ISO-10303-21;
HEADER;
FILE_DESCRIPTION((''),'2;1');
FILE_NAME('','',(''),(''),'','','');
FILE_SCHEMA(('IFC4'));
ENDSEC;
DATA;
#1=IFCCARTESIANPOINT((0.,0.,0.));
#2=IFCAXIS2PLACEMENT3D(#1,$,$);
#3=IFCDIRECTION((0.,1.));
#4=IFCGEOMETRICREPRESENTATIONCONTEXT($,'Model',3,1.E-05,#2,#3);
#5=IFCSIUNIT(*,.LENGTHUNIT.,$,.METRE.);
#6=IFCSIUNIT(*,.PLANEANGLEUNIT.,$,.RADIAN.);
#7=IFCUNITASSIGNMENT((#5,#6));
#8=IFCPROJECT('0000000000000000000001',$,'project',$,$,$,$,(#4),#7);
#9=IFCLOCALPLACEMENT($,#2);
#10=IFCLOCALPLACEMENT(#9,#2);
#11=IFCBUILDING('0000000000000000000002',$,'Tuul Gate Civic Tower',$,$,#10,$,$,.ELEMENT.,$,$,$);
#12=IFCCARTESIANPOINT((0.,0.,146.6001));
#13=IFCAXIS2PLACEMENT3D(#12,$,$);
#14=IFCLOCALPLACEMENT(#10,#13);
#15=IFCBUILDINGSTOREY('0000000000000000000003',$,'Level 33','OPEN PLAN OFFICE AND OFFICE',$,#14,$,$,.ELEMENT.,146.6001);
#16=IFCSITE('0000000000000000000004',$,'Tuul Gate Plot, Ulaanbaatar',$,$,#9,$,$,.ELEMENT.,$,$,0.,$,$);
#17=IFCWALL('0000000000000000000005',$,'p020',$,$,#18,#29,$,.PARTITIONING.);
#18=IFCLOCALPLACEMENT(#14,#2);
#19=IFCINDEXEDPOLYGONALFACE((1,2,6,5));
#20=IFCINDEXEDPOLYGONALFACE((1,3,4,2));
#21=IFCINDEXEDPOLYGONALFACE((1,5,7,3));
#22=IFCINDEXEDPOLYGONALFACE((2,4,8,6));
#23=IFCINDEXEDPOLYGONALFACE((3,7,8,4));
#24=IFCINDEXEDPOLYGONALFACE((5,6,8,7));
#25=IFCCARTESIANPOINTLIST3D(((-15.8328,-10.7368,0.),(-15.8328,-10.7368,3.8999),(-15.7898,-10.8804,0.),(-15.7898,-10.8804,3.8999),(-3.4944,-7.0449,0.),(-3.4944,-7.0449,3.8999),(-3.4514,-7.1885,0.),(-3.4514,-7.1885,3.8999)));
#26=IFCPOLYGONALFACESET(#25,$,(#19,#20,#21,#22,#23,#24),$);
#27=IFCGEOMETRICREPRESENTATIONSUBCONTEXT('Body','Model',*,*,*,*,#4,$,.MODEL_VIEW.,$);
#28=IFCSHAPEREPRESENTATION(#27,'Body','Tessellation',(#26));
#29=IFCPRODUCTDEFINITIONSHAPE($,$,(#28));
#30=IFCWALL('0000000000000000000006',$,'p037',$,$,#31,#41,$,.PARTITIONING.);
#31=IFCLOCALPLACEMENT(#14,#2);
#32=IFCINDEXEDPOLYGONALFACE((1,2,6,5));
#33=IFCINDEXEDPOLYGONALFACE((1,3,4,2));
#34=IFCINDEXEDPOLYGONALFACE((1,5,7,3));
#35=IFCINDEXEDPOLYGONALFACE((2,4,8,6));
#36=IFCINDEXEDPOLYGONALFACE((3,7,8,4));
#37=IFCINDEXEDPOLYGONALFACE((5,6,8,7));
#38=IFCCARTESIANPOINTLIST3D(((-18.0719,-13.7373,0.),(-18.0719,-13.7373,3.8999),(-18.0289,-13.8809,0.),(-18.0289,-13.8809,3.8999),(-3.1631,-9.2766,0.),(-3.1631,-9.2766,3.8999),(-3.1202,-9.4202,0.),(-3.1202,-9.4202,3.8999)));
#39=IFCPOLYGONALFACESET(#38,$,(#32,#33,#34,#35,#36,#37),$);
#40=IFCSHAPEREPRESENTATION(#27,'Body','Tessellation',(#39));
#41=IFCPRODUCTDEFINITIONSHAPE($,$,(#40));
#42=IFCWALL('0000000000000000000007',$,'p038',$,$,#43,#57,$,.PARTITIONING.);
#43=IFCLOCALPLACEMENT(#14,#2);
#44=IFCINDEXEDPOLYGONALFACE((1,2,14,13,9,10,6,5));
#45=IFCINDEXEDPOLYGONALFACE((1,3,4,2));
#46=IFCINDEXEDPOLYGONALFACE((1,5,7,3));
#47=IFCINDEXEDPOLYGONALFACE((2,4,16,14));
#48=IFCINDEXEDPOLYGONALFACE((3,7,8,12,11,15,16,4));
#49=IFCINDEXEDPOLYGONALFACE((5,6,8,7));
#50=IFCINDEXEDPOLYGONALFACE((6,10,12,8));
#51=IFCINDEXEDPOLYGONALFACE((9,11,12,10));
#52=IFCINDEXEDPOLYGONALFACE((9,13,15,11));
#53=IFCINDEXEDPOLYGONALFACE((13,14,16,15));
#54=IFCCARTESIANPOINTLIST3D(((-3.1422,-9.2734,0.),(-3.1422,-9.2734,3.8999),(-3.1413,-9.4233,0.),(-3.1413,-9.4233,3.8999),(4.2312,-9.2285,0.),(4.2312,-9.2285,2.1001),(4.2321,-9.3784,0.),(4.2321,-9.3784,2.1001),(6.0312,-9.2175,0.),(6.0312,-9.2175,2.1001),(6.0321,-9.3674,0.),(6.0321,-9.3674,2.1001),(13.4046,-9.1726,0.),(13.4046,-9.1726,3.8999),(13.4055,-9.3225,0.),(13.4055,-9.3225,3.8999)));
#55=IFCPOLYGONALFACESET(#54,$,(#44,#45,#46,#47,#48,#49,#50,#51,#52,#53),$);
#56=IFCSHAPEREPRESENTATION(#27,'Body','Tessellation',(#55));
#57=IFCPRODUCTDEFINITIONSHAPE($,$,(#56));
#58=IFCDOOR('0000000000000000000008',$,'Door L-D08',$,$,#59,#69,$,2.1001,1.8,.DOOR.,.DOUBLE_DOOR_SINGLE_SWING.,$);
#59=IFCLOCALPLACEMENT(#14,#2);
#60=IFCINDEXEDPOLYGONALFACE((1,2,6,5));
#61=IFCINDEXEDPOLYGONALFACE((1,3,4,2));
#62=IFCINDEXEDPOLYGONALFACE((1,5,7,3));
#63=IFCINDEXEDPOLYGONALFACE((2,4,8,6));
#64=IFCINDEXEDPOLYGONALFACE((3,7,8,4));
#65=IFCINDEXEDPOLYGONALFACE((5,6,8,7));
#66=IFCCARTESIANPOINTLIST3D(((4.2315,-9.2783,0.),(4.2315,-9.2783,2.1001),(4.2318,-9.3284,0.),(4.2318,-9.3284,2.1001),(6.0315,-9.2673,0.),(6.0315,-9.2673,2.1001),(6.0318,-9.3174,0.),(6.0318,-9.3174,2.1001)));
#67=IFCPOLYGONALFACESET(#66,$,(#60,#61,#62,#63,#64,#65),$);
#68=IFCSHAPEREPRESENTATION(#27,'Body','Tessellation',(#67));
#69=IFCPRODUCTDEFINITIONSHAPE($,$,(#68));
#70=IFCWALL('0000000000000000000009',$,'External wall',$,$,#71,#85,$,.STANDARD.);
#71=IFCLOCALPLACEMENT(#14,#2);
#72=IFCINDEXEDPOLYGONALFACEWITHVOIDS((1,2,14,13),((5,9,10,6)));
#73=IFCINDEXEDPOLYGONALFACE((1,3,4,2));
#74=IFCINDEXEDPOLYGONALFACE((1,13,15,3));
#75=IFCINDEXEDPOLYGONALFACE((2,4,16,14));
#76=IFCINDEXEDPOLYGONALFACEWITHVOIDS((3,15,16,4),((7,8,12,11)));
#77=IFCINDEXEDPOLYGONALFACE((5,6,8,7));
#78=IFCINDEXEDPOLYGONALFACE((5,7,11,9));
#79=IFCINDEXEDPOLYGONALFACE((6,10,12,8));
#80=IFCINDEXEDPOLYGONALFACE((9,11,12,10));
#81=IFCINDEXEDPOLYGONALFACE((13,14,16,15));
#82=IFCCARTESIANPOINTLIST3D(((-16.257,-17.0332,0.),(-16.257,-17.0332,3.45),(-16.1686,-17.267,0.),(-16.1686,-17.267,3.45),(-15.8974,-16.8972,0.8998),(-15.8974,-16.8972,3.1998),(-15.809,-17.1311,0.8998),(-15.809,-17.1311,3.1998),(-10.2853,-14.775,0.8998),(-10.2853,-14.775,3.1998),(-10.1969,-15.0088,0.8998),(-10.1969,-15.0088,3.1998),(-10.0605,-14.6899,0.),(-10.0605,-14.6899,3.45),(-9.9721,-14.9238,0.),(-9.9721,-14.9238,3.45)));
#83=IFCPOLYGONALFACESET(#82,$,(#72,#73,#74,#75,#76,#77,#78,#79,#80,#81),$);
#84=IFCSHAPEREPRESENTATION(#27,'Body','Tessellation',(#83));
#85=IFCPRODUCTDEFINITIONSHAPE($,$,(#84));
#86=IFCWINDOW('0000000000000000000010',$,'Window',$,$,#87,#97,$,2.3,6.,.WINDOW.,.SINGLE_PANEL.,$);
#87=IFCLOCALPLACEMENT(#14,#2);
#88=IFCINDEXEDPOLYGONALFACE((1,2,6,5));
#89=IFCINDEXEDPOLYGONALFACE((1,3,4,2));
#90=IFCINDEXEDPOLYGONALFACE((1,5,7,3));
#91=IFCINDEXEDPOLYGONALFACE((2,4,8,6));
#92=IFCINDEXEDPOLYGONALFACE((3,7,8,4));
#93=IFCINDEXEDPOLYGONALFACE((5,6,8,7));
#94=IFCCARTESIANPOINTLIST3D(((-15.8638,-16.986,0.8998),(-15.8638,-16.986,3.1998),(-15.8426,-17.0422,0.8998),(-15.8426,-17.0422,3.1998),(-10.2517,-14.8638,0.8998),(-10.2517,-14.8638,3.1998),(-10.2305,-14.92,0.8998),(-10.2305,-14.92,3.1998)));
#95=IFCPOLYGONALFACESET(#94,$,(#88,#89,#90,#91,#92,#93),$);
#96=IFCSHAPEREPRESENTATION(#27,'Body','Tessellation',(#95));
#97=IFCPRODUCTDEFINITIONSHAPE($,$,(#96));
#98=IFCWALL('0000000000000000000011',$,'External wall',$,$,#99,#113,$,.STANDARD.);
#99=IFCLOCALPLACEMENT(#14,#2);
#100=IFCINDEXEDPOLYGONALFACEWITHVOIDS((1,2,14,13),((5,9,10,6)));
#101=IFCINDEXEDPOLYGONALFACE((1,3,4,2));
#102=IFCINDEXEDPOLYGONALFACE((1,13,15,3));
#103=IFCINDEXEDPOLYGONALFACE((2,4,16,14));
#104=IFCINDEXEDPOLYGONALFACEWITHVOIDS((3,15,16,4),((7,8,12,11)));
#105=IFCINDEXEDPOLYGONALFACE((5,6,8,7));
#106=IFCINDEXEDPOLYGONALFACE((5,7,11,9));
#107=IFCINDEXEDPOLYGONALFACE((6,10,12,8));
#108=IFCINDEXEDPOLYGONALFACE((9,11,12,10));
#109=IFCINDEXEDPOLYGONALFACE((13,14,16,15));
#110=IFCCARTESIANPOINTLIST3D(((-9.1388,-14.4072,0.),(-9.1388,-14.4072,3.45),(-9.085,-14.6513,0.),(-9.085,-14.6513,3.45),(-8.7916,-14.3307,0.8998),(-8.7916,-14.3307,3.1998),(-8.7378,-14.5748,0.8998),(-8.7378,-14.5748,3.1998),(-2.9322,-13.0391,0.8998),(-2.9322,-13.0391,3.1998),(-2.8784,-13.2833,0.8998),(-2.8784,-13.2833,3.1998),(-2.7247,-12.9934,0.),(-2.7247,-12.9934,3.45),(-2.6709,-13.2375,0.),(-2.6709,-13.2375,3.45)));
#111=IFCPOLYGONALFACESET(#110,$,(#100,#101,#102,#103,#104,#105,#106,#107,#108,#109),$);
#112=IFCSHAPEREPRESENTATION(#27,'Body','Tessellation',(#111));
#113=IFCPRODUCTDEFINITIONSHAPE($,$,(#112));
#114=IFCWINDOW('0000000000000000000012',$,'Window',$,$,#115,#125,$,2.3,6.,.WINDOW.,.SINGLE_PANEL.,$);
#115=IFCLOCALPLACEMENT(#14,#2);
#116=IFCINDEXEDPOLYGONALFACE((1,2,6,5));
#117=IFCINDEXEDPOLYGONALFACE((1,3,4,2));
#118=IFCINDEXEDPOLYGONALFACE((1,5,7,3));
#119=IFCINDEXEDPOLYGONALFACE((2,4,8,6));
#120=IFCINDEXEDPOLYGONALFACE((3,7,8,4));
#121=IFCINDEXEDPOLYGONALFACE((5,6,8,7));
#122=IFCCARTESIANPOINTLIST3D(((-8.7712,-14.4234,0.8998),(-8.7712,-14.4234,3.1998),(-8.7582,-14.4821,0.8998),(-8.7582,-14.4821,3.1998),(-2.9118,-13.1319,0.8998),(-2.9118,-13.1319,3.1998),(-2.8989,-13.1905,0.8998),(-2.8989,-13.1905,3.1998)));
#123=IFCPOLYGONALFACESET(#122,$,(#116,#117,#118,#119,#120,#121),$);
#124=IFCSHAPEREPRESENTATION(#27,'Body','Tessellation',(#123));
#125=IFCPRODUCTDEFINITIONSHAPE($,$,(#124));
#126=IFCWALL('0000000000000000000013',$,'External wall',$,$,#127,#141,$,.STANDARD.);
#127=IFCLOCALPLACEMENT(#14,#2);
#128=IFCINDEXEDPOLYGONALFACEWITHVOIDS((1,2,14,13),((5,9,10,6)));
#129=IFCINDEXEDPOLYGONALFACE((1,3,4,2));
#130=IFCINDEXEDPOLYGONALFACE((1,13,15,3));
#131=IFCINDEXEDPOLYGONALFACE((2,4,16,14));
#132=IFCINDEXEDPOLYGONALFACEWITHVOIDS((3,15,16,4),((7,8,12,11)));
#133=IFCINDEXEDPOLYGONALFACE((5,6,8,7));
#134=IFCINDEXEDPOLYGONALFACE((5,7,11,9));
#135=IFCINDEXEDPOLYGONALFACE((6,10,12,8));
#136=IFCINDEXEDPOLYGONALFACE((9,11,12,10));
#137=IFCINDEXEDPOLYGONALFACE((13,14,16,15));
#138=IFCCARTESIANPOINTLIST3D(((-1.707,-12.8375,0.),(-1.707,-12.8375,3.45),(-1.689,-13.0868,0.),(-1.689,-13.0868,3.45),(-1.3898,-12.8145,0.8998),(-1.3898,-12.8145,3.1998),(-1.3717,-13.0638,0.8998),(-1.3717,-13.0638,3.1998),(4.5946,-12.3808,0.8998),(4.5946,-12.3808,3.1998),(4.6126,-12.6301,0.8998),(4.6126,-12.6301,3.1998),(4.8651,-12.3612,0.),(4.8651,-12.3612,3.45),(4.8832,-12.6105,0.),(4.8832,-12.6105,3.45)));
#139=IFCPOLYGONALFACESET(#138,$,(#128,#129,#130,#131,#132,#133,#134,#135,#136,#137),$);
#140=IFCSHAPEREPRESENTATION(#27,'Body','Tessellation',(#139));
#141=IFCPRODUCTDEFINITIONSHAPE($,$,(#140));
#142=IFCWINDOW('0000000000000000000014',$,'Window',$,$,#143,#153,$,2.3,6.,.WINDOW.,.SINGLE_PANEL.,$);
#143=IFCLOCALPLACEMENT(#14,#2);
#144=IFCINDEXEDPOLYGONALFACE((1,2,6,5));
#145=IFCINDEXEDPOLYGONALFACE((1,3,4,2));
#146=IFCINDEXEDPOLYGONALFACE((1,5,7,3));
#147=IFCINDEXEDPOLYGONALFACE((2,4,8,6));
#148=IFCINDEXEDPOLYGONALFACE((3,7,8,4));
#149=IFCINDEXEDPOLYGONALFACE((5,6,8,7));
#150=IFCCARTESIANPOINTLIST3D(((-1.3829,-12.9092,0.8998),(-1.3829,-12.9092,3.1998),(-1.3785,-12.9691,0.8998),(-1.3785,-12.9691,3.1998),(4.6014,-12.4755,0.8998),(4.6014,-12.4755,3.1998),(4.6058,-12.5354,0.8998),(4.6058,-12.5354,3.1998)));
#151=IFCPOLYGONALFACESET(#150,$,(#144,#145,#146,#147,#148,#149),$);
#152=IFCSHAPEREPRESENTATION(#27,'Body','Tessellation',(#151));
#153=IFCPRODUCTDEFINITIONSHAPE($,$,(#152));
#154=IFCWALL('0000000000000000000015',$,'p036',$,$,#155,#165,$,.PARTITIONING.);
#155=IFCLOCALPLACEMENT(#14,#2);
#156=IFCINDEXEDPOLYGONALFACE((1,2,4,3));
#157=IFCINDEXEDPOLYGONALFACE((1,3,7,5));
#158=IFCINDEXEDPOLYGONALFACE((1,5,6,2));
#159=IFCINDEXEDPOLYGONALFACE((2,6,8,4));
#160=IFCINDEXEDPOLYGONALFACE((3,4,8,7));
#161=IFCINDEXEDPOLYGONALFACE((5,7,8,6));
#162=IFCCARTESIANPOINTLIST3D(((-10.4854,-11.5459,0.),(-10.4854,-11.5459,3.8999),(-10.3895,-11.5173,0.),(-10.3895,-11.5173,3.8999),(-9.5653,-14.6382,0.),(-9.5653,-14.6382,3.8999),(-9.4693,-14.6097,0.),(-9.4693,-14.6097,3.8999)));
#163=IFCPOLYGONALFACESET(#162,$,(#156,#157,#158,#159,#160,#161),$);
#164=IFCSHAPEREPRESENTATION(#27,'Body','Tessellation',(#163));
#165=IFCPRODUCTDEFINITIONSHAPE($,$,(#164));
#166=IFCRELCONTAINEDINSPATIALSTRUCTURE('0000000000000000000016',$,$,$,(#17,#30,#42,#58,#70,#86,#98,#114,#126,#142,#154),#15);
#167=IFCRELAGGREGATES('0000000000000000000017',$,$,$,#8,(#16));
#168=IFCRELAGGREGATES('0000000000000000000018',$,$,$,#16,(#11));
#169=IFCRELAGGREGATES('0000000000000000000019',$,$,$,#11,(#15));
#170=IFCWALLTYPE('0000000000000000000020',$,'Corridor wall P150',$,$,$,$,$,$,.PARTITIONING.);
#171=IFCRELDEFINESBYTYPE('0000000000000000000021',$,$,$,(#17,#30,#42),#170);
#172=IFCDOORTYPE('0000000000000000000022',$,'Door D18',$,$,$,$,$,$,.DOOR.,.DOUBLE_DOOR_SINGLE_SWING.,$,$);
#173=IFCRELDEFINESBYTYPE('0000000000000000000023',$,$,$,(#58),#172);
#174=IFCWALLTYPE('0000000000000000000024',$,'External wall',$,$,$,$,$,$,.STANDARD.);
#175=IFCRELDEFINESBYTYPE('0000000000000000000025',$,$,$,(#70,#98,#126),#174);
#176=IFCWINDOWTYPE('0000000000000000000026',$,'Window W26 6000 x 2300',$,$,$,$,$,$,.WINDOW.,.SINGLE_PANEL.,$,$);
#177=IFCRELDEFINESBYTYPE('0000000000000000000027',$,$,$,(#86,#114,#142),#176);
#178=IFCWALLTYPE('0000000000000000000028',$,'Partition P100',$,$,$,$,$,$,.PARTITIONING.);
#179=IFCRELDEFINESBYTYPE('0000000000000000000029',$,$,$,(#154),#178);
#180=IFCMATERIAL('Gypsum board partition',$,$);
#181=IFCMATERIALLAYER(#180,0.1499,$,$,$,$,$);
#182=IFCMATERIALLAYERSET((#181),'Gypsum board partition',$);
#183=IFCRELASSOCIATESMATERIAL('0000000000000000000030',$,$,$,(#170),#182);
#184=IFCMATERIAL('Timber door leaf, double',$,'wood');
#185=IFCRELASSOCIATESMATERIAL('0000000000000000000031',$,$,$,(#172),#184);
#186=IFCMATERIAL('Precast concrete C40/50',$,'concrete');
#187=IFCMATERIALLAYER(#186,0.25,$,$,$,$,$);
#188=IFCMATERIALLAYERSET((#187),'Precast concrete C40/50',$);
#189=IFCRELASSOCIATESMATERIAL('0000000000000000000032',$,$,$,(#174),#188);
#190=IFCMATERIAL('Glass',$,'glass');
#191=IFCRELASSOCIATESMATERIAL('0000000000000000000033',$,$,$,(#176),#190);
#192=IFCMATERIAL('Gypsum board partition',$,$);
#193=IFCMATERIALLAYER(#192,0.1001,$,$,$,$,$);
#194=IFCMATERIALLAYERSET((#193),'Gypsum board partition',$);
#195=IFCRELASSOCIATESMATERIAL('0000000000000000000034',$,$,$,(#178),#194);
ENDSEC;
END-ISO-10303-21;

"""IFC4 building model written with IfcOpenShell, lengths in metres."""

from ifc_helpers import new_model, si_unit, direction, frame, frame_2d, origin, place, context, subcontext, project, spatial, rectangle, extrude, material, layer, layer_set, type_object, element, fill, save


model = new_model("IFC4")

# Units and contexts
model_context = context("Model", 3, precision=1e-05, world=origin(), true_north=direction((0.0, 1.0)))
body_context = subcontext(model_context, "Body", "Model", "MODEL_VIEW")
ifc_project = project(units=[si_unit("LENGTHUNIT", "METRE"), si_unit("PLANEANGLEUNIT", "RADIAN")], contexts=[model_context])

# Site, building, storey
site_placement = place(None, origin())
site = spatial("IfcSite", under=ifc_project, at=site_placement, Name="Tuul Gate Plot, Ulaanbaatar", CompositionType="ELEMENT", RefElevation=0.0)
building_placement = place(site_placement, origin())
building = spatial("IfcBuilding", under=site, at=building_placement, Name="Tuul Gate Civic Tower", CompositionType="ELEMENT")
storey_placement = place(building_placement, frame((0.0, 0.0, 146.6001)))
storey = spatial("IfcBuildingStorey", under=building, at=storey_placement, Name="Level 33", Description="OPEN PLAN OFFICE AND OFFICE", CompositionType="ELEMENT", Elevation=146.6001)

# Walls
ifc_material_1 = material(Name="Gypsum board partition")
ifc_layer_1 = layer(ifc_material_1, 0.1499)
ifc_layer_set_1 = layer_set([ifc_layer_1], Name="Gypsum board partition")
wall_type_1 = type_object("IfcWallType", Name="Corridor wall P150", PredefinedType="PARTITIONING", material=ifc_layer_set_1)
wall_1_placement = place(storey_placement, frame((-15.8113, -10.8086, 0.0), z_axis=(0.0, 0.0, 1.0), x_axis=(0.958032, 0.286663, 0.0)))
element("IfcWall", 1, at=wall_1_placement, inside=storey, type_object=wall_type_1, Name="p020", PredefinedType="PARTITIONING", context=body_context, shape_type="SweptSolid", body=[
    extrude(rectangle(XDim=12.8789, YDim=0.1499, at=frame_2d((6.4395, 0.0))), origin(), (0.0, 0.0, 1.0), 3.8999),
])
wall_2_placement = place(storey_placement, frame((-18.0503, -13.8091, 0.0), z_axis=(0.0, 0.0, 1.0), x_axis=(0.958037, 0.286645, 0.0)))
element("IfcWall", 2, at=wall_2_placement, inside=storey, type_object=wall_type_1, Name="p037", PredefinedType="PARTITIONING", context=body_context, shape_type="SweptSolid", body=[
    extrude(rectangle(XDim=15.5618, YDim=0.1499, at=frame_2d((7.7808, 0.0))), origin(), (0.0, 0.0, 1.0), 3.8999),
])

# Wall, opening, door
wall_3_placement = place(storey_placement, frame((-3.1416, -9.3484, 0.0), z_axis=(0.0, 0.0, 1.0), x_axis=(0.999981, 0.006093, 0.0)))
wall_3 = element("IfcWall", 3, at=wall_3_placement, inside=storey, type_object=wall_type_1, Name="p038", PredefinedType="PARTITIONING", context=body_context, shape_type="SweptSolid", body=[
    extrude(rectangle(XDim=16.5471, YDim=0.1499, at=frame_2d((8.2734, 0.0))), origin(), (0.0, 0.0, 1.0), 3.8999),
])
opening_1_placement = place(wall_3_placement, frame((7.3735, 0.0, 0.0)))
opening_1 = element("IfcOpeningElement", 4, at=opening_1_placement, cuts=wall_3, PredefinedType="OPENING", context=body_context, shape_type="SweptSolid", body=[
    extrude(rectangle(XDim=1.8, YDim=2.1001, at=frame_2d((0.8999, 1.05))), frame((0.0, 0.085, 0.0), z_axis=(0.0, -1.0, 0.0), x_axis=(1.0, 0.0, 0.0)), (0.0, 0.0, 1.0), 0.1699),
])
ifc_material_2 = material(Name="Timber door leaf, double", Category="wood")
door_type = type_object("IfcDoorType", Name="Door D18", OperationType="DOUBLE_DOOR_SINGLE_SWING", PredefinedType="DOOR", material=ifc_material_2)
door_placement = place(opening_1_placement, frame((1.8, 0.0, 0.0), z_axis=(0.0, 0.0, 1.0), x_axis=(-1.0, 0.0, 0.0)))
door = element("IfcDoor", 5, at=door_placement, inside=storey, type_object=door_type, Name="Door L-D08", OperationType="DOUBLE_DOOR_SINGLE_SWING", OverallHeight=2.1001, OverallWidth=1.8, PredefinedType="DOOR", context=body_context, shape_type="SweptSolid", body=[
    extrude(rectangle(XDim=1.8, YDim=2.1001, at=frame_2d((0.9001, 1.05))), frame((0.0, 0.0249, 0.0), z_axis=(0.0, -1.0, 0.0), x_axis=(1.0, 0.0, 0.0)), (0.0, 0.0, 1.0), 0.05),
])
fill(opening_1, door)

# Walls, openings, windows
ifc_material_3 = material(Name="Precast concrete C40/50", Category="concrete")
ifc_layer_2 = layer(ifc_material_3, 0.25)
ifc_layer_set_2 = layer_set([ifc_layer_2], Name="Precast concrete C40/50")
wall_type_2 = type_object("IfcWallType", Name="External wall", PredefinedType="STANDARD", material=ifc_layer_set_2)
wall_4_placement = place(storey_placement, frame((-16.2129, -17.1501, 0.0), z_axis=(0.0, 0.0, 1.0), x_axis=(0.935355, 0.353711, 0.0)))
wall_4 = element("IfcWall", 6, at=wall_4_placement, inside=storey, type_object=wall_type_2, Name="External wall", PredefinedType="STANDARD", context=body_context, shape_type="SweptSolid", body=[
    extrude(rectangle(XDim=6.6248, YDim=0.25, at=frame_2d((3.3125, 0.0))), origin(), (0.0, 0.0, 1.0), 3.45),
])
opening_2_placement = place(wall_4_placement, frame((0.3845, 0.0, 0.8999)))
opening_2 = element("IfcOpeningElement", 7, at=opening_2_placement, cuts=wall_4, PredefinedType="OPENING", context=body_context, shape_type="SweptSolid", body=[
    extrude(rectangle(XDim=6.0, YDim=2.3, at=frame_2d((3.0, 1.1499))), frame((0.0, 0.135, 0.0), z_axis=(0.0, -1.0, 0.0), x_axis=(1.0, 0.0, 0.0)), (0.0, 0.0, 1.0), 0.27),
])
ifc_material_4 = material(Name="Glass", Category="glass")
window_type = type_object("IfcWindowType", Name="Window W26 6000 x 2300", PartitioningType="SINGLE_PANEL", PredefinedType="WINDOW", material=ifc_material_4)
window_1_placement = place(opening_2_placement, origin())
window_1 = element("IfcWindow", 8, at=window_1_placement, inside=storey, type_object=window_type, Name="Window", OverallHeight=2.3, OverallWidth=6.0, PartitioningType="SINGLE_PANEL", PredefinedType="WINDOW", context=body_context, shape_type="SweptSolid", body=[
    extrude(rectangle(XDim=6.0, YDim=2.3, at=frame_2d((3.0, 1.1499))), frame((0.0, 0.03, 0.0), z_axis=(0.0, -1.0, 0.0), x_axis=(1.0, 0.0, 0.0)), (0.0, 0.0, 1.0), 0.0601),
])
fill(opening_2, window_1)
wall_5_placement = place(storey_placement, frame((-9.1121, -14.5293, 0.0), z_axis=(0.0, 0.0, 1.0), x_axis=(0.976557, 0.215257, 0.0)))
wall_5 = element("IfcWall", 9, at=wall_5_placement, inside=storey, type_object=wall_type_2, Name="External wall", PredefinedType="STANDARD", context=body_context, shape_type="SweptSolid", body=[
    extrude(rectangle(XDim=6.5681, YDim=0.25, at=frame_2d((3.2842, 0.0))), origin(), (0.0, 0.0, 1.0), 3.45),
])
opening_3_placement = place(wall_5_placement, frame((0.3557, 0.0, 0.8999)))
opening_3 = element("IfcOpeningElement", 10, at=opening_3_placement, cuts=wall_5, PredefinedType="OPENING", context=body_context, shape_type="SweptSolid", body=[
    extrude(rectangle(XDim=6.0, YDim=2.3, at=frame_2d((3.0, 1.1499))), frame((0.0, 0.135, 0.0), z_axis=(0.0, -1.0, 0.0), x_axis=(1.0, 0.0, 0.0)), (0.0, 0.0, 1.0), 0.27),
])
window_2_placement = place(opening_3_placement, origin())
window_2 = element("IfcWindow", 11, at=window_2_placement, inside=storey, type_object=window_type, Name="Window", OverallHeight=2.3, OverallWidth=6.0, PartitioningType="SINGLE_PANEL", PredefinedType="WINDOW", context=body_context, shape_type="SweptSolid", body=[
    extrude(rectangle(XDim=6.0, YDim=2.3, at=frame_2d((3.0, 1.1499))), frame((0.0, 0.03, 0.0), z_axis=(0.0, -1.0, 0.0), x_axis=(1.0, 0.0, 0.0)), (0.0, 0.0, 1.0), 0.0601),
])
fill(opening_3, window_2)
wall_6_placement = place(storey_placement, frame((-1.698, -12.9622, 0.0), z_axis=(0.0, 0.0, 1.0), x_axis=(0.997384, 0.072287, 0.0)))
wall_6 = element("IfcWall", 12, at=wall_6_placement, inside=storey, type_object=wall_type_2, Name="External wall", PredefinedType="STANDARD", context=body_context, shape_type="SweptSolid", body=[
    extrude(rectangle(XDim=6.5894, YDim=0.25, at=frame_2d((3.2947, 0.0))), origin(), (0.0, 0.0, 1.0), 3.45),
])
opening_4_placement = place(wall_6_placement, frame((0.3181, 0.0, 0.8999)))
opening_4 = element("IfcOpeningElement", 13, at=opening_4_placement, cuts=wall_6, PredefinedType="OPENING", context=body_context, shape_type="SweptSolid", body=[
    extrude(rectangle(XDim=6.0, YDim=2.3, at=frame_2d((3.0, 1.1499))), frame((0.0, 0.135, 0.0), z_axis=(0.0, -1.0, 0.0), x_axis=(1.0, 0.0, 0.0)), (0.0, 0.0, 1.0), 0.27),
])
window_3_placement = place(opening_4_placement, origin())
window_3 = element("IfcWindow", 14, at=window_3_placement, inside=storey, type_object=window_type, Name="Window", OverallHeight=2.3, OverallWidth=6.0, PartitioningType="SINGLE_PANEL", PredefinedType="WINDOW", context=body_context, shape_type="SweptSolid", body=[
    extrude(rectangle(XDim=6.0, YDim=2.3, at=frame_2d((3.0, 1.1499))), frame((0.0, 0.03, 0.0), z_axis=(0.0, -1.0, 0.0), x_axis=(1.0, 0.0, 0.0)), (0.0, 0.0, 1.0), 0.0601),
])
fill(opening_4, window_3)

# Wall
ifc_material_5 = material(Name="Gypsum board partition")
ifc_layer_3 = layer(ifc_material_5, 0.1001)
ifc_layer_set_3 = layer_set([ifc_layer_3], Name="Gypsum board partition")
wall_type_3 = type_object("IfcWallType", Name="Partition P100", PredefinedType="PARTITIONING", material=ifc_layer_set_3)
wall_7_placement = place(storey_placement, frame((-10.4375, -11.5315, 0.0), z_axis=(0.0, 0.0, 1.0), x_axis=(0.285209, -0.958465, 0.0)))
element("IfcWall", 15, at=wall_7_placement, inside=storey, type_object=wall_type_3, Name="p036", PredefinedType="PARTITIONING", context=body_context, shape_type="SweptSolid", body=[
    extrude(rectangle(XDim=3.2263, YDim=0.1001, at=frame_2d((1.6133, 0.0))), origin(), (0.0, 0.0, 1.0), 3.8999),
])

save(model, "model.ifc")
